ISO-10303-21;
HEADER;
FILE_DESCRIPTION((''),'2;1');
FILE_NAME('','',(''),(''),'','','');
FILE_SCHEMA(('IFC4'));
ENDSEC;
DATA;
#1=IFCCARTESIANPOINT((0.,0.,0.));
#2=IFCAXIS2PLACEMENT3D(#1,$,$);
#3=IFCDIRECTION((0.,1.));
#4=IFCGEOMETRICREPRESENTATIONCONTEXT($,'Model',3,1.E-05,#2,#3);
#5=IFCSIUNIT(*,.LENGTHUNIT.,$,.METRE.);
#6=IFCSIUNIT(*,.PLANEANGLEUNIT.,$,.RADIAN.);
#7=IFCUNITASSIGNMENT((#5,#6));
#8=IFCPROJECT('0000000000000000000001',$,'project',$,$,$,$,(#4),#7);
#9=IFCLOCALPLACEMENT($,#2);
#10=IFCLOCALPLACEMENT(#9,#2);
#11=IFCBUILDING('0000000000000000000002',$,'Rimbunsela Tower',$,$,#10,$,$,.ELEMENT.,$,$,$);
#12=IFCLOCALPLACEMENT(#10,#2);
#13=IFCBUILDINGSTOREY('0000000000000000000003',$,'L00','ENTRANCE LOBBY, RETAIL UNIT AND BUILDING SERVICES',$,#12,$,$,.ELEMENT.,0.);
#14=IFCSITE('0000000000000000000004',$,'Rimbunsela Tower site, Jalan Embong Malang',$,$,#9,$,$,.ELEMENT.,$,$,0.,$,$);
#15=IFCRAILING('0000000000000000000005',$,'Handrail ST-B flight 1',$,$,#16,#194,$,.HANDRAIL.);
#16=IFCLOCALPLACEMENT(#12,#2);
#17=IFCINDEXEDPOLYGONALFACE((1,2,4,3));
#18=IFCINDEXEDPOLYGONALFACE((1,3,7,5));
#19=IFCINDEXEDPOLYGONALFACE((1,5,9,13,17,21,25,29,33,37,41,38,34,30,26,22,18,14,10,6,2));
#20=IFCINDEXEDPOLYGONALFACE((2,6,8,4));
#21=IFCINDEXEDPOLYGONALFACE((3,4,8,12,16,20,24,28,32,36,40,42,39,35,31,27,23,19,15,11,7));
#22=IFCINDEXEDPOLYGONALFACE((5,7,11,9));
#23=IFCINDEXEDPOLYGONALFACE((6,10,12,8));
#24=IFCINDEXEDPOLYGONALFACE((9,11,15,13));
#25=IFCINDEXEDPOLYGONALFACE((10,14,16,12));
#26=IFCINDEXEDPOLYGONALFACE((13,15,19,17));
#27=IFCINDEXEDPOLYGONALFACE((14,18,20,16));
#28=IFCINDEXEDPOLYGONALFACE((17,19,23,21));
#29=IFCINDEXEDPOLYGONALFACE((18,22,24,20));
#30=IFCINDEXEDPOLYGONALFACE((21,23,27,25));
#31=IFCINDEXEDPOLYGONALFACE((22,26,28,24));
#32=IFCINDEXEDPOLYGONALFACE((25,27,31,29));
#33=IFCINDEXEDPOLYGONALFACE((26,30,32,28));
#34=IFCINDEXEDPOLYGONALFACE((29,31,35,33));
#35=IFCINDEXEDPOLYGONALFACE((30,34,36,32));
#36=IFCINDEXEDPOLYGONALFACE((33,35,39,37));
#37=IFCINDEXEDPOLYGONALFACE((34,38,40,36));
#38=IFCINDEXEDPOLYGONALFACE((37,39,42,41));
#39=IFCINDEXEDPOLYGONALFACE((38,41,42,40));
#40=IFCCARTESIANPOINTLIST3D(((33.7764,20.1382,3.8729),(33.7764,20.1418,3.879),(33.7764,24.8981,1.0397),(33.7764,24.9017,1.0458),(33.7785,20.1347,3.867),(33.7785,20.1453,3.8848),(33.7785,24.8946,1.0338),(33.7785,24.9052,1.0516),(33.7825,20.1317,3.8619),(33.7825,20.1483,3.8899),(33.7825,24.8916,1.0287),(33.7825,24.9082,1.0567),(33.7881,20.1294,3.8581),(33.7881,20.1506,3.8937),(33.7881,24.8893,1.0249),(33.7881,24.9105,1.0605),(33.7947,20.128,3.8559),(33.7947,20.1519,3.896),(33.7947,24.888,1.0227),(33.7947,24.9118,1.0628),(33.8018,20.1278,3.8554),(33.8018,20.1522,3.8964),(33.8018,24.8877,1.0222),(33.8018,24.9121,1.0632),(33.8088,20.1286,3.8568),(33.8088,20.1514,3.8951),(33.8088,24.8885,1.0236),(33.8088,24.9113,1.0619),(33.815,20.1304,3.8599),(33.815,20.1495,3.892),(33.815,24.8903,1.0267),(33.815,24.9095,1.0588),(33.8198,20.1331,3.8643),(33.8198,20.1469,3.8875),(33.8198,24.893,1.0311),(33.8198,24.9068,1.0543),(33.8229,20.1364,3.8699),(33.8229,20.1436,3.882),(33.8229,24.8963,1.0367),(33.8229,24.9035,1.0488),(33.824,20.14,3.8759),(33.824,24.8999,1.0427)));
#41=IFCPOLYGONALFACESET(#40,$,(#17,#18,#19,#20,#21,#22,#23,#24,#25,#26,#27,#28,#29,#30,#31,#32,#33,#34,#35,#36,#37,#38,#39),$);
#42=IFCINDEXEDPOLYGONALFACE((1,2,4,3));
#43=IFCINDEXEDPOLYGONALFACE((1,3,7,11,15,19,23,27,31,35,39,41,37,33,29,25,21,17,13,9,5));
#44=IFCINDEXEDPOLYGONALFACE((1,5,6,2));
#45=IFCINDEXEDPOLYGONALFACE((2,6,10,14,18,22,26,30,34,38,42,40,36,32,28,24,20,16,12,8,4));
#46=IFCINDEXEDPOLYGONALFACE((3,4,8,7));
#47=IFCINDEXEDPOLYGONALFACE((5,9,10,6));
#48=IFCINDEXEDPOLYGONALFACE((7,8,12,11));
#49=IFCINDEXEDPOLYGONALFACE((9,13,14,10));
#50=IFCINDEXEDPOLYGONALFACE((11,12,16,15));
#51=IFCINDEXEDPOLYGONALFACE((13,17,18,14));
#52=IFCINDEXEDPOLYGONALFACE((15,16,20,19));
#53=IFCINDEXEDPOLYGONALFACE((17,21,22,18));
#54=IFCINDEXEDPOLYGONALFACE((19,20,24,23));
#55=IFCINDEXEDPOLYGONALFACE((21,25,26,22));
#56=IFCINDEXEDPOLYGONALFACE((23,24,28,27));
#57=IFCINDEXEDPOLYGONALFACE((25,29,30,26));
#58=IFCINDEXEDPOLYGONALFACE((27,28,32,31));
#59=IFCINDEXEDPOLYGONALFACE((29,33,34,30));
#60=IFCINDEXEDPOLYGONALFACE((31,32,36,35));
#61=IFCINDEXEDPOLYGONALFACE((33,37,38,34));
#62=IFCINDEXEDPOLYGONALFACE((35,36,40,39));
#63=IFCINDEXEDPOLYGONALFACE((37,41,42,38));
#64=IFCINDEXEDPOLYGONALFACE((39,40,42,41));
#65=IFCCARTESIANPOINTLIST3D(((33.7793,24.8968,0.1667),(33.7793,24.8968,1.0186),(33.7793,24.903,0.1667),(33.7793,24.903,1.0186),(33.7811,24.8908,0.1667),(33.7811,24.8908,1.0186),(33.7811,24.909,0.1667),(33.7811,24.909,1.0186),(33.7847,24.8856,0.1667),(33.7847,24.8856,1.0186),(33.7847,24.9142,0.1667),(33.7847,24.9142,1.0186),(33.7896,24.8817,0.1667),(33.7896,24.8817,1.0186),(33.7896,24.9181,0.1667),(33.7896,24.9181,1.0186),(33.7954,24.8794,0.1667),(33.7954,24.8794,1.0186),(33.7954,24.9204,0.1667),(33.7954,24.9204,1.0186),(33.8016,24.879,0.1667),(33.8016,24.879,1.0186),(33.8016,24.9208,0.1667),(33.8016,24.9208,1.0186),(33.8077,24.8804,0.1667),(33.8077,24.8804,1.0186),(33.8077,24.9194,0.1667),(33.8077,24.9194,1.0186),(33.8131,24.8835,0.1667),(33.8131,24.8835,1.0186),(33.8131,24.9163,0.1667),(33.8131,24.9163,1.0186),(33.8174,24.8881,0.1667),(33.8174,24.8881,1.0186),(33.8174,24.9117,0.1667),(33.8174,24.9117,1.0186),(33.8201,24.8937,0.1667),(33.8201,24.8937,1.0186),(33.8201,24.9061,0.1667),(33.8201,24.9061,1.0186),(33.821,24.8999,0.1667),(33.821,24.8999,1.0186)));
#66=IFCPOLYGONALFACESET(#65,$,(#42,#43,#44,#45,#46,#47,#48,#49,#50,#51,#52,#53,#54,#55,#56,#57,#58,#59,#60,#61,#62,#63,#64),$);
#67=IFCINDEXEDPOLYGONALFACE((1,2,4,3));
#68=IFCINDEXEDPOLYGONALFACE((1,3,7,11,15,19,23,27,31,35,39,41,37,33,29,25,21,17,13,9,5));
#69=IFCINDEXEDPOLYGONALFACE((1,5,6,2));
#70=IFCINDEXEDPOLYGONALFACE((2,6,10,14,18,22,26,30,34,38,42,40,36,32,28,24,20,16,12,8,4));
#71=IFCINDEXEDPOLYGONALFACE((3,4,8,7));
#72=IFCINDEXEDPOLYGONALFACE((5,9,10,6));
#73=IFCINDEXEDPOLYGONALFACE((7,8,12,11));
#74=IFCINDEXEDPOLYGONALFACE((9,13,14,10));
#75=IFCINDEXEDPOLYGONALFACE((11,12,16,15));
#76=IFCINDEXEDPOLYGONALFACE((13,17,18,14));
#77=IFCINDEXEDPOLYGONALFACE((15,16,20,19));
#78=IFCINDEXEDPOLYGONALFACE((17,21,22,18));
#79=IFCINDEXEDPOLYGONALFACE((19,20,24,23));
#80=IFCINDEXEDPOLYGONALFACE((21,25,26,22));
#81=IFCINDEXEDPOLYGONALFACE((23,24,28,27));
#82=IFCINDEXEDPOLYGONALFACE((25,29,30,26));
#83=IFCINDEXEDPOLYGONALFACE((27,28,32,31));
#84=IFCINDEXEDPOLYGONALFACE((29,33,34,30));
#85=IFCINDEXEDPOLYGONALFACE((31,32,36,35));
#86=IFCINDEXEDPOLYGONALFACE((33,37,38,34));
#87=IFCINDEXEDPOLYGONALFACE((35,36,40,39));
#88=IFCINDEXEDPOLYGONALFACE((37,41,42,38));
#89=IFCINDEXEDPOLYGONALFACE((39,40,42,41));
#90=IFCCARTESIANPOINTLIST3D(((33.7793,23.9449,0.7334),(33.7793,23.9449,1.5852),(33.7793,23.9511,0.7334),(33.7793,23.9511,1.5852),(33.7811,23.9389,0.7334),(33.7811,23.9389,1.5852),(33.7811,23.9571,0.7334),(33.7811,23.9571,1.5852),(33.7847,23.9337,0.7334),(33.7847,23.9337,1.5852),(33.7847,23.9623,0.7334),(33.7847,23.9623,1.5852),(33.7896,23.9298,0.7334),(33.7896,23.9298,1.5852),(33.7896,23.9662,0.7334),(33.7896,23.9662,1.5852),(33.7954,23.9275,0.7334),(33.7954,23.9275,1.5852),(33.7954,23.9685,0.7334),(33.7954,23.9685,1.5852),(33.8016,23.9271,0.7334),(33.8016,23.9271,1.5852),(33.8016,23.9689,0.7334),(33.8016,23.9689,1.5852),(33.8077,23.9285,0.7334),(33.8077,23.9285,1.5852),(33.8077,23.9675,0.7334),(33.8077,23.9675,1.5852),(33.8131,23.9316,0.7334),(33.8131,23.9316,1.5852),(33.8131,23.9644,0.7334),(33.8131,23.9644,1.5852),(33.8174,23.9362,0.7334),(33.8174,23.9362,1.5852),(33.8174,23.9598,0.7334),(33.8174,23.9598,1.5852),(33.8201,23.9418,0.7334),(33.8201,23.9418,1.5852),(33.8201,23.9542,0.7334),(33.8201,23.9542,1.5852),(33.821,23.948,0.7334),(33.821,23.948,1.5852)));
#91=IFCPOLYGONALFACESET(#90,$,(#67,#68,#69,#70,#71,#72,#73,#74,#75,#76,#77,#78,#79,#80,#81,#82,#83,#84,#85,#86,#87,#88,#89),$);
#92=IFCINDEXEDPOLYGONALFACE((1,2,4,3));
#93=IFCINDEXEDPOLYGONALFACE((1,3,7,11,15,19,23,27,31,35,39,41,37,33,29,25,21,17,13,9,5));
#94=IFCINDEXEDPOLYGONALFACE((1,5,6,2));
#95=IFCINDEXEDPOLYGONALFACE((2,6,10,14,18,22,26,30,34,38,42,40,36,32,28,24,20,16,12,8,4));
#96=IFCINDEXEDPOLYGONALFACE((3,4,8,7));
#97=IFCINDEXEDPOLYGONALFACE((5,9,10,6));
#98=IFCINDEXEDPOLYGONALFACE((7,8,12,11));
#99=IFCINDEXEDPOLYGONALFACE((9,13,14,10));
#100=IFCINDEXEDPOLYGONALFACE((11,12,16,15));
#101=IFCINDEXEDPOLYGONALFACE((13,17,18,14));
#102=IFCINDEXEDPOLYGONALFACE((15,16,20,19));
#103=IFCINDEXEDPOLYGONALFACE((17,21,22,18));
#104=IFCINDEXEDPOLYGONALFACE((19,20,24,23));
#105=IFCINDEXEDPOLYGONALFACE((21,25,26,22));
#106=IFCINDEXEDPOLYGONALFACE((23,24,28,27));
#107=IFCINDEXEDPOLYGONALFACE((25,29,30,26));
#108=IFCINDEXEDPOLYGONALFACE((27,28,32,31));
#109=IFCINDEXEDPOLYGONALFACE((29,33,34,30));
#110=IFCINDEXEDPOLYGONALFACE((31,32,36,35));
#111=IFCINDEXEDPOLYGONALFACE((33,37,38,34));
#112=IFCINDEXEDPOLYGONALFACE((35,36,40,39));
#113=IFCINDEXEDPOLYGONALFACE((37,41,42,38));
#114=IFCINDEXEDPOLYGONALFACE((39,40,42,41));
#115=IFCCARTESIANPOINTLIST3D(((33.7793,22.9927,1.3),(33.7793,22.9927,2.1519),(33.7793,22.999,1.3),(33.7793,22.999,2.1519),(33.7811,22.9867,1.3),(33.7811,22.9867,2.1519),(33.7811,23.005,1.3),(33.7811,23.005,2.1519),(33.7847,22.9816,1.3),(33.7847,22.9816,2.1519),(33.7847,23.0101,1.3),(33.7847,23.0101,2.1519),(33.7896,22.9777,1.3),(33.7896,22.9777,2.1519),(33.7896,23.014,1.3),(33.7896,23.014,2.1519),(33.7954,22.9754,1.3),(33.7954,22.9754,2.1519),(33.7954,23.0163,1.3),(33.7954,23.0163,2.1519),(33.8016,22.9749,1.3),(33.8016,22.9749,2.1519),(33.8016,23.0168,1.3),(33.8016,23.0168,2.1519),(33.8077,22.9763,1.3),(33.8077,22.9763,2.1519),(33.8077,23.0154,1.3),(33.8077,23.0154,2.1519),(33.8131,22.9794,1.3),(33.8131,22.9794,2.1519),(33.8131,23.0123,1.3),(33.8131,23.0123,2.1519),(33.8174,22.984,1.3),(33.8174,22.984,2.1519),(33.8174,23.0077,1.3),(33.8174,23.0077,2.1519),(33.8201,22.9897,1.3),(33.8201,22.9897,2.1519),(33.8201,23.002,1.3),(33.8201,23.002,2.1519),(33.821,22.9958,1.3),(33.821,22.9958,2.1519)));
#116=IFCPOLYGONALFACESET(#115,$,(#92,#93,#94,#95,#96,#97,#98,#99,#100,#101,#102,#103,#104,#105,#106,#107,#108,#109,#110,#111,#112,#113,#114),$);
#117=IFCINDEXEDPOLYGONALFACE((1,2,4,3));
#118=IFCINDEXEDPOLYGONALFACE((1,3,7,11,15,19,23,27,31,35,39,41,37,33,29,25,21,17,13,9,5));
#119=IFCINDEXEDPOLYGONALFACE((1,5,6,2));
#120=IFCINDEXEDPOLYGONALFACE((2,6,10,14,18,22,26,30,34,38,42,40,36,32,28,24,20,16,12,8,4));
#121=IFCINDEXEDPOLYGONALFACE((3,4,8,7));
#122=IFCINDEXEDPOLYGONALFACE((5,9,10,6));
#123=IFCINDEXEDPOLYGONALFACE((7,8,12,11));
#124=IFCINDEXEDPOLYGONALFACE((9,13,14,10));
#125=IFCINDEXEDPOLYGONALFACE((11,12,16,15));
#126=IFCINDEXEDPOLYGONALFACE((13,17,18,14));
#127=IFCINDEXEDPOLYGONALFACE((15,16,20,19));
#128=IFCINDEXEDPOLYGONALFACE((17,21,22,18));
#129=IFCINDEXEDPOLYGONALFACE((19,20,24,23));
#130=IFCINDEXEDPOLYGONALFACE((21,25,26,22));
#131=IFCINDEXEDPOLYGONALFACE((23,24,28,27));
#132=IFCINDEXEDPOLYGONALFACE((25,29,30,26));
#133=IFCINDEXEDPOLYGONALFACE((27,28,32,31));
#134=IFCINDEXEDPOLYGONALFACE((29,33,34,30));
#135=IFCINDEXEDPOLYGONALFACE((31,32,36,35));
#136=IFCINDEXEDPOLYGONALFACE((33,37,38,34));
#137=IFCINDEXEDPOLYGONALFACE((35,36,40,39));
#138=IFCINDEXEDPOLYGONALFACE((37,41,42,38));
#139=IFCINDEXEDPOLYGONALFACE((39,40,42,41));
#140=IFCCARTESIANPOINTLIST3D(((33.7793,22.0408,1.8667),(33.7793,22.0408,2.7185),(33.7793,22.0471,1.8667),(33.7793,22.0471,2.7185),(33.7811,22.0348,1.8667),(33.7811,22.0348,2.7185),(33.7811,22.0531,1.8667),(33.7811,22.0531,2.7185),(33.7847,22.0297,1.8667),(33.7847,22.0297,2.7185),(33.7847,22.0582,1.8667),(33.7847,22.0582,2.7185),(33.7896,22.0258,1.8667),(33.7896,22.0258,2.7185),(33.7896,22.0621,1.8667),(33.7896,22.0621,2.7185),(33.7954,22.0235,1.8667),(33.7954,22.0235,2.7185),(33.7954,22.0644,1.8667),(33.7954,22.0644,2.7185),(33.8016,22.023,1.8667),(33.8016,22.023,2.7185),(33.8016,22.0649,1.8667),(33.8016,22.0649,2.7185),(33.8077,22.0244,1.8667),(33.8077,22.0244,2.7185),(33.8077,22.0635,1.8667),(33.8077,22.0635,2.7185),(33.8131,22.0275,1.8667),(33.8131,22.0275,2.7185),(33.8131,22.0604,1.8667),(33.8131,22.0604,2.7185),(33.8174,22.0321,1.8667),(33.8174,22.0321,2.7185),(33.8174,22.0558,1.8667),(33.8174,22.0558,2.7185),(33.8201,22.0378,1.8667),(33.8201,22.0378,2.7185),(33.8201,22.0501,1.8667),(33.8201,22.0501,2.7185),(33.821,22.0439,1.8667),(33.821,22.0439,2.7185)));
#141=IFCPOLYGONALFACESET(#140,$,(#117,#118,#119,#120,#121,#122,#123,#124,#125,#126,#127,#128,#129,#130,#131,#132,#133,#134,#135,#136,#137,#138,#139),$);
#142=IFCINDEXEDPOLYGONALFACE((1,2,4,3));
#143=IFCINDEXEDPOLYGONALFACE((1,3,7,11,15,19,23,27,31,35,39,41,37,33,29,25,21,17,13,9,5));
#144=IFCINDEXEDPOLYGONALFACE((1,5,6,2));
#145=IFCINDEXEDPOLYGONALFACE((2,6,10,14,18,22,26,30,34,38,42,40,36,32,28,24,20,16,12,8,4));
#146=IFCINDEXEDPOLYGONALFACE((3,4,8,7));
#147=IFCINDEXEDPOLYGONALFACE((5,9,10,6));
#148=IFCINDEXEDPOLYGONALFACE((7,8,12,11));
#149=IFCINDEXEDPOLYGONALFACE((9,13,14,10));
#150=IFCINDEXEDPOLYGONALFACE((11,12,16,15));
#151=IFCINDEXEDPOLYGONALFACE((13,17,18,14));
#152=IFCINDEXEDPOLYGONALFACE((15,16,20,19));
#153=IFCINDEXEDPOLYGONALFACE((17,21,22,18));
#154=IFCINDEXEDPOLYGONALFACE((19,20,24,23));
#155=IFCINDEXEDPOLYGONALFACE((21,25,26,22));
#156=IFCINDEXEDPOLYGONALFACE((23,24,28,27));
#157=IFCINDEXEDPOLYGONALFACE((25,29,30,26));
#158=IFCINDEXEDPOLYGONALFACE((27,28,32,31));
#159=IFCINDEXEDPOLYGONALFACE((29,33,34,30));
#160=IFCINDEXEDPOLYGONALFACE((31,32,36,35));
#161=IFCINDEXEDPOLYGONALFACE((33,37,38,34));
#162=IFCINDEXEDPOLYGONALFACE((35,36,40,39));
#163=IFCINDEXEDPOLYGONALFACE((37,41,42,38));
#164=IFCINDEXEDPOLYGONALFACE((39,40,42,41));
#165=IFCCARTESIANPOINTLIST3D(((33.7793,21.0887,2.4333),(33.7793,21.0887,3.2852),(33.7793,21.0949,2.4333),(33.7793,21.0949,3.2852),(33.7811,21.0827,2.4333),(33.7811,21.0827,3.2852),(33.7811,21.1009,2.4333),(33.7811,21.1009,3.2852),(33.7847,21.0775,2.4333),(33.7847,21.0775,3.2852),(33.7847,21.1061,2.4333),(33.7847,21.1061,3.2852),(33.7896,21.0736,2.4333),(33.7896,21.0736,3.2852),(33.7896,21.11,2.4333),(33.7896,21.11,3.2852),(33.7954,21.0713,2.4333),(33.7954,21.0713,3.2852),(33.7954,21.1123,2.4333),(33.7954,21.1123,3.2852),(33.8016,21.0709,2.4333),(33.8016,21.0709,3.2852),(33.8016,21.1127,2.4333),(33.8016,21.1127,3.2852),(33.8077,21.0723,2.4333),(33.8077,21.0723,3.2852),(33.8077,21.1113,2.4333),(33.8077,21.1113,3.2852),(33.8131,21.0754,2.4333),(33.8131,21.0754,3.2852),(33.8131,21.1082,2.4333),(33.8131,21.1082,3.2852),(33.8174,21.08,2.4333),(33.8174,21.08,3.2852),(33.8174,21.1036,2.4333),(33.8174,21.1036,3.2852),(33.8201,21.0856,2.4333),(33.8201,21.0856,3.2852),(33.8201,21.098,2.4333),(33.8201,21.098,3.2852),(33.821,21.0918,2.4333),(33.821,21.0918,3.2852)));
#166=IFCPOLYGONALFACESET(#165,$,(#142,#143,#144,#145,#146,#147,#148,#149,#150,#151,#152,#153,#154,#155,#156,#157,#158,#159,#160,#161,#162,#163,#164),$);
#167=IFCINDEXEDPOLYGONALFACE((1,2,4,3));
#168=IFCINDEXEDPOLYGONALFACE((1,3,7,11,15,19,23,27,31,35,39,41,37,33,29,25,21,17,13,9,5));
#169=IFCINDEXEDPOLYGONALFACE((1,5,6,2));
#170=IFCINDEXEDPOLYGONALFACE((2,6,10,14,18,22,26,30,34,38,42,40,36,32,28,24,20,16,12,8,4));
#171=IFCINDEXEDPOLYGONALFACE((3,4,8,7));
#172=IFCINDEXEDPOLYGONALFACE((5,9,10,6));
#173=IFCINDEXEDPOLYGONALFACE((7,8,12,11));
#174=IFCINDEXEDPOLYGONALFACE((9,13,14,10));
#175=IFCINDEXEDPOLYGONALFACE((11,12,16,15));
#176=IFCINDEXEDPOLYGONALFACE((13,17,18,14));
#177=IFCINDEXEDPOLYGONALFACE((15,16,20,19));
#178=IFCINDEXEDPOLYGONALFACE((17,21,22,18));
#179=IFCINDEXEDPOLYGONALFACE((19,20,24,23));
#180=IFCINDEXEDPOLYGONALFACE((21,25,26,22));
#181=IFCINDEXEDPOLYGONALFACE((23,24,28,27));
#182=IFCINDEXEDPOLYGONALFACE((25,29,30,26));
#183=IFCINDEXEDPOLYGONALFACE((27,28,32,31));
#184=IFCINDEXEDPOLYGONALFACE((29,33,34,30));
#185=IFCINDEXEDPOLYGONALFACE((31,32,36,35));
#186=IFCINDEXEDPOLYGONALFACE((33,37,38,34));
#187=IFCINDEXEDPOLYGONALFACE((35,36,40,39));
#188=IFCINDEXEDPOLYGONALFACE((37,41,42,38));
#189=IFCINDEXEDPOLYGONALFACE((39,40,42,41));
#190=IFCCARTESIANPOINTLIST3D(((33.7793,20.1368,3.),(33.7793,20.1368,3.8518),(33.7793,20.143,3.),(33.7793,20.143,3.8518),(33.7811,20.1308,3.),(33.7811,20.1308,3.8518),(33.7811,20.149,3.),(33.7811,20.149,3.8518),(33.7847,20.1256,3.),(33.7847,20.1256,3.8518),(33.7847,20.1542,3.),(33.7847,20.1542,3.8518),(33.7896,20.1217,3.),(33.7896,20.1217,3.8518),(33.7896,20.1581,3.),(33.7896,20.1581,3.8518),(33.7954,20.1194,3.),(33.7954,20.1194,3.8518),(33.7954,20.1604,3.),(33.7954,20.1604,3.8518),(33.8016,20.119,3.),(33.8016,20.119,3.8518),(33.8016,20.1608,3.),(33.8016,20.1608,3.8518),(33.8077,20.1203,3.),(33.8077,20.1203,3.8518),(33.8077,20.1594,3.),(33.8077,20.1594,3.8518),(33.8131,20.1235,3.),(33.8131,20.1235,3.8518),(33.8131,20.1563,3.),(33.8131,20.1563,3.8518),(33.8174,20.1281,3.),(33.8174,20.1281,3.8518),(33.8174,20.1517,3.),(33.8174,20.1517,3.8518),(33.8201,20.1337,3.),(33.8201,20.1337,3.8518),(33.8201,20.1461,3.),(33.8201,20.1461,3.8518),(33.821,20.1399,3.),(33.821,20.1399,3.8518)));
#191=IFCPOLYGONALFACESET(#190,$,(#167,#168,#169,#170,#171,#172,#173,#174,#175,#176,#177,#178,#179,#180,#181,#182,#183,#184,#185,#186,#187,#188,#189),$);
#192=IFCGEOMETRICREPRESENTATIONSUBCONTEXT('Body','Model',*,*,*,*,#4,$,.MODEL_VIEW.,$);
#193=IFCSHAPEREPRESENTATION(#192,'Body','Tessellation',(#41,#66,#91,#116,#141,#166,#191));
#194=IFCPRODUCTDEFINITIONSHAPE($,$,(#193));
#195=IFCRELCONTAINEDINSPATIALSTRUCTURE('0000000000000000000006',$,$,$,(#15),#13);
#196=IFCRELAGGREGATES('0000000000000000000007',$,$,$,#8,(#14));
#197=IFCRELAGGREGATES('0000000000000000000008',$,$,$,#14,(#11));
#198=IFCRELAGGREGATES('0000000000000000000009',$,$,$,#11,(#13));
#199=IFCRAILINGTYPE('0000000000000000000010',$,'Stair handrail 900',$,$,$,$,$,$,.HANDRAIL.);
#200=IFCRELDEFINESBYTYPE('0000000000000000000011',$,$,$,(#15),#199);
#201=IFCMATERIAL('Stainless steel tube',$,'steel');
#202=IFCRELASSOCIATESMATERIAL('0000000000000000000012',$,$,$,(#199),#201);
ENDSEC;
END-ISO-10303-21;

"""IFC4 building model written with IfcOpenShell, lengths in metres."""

from ifc_helpers import new_model, si_unit, direction, frame, origin, origin_2d, place, context, subcontext, project, spatial, circle, extrude, material, type_object, element, save


model = new_model("IFC4")

# Units and contexts
model_context = context("Model", 3, precision=1e-05, world=origin(), true_north=direction((0.0, 1.0)))
body_context = subcontext(model_context, "Body", "Model", "MODEL_VIEW")
ifc_project = project(units=[si_unit("LENGTHUNIT", "METRE"), si_unit("PLANEANGLEUNIT", "RADIAN")], contexts=[model_context])

# Site, building, storey
site_placement = place(None, origin())
site = spatial("IfcSite", under=ifc_project, at=site_placement, Name="Rimbunsela Tower site, Jalan Embong Malang", CompositionType="ELEMENT", RefElevation=0.0)
building_placement = place(site_placement, origin())
building = spatial("IfcBuilding", under=site, at=building_placement, Name="Rimbunsela Tower", CompositionType="ELEMENT")
storey_placement = place(building_placement, origin())
storey = spatial("IfcBuildingStorey", under=building, at=storey_placement, Name="L00", Description="ENTRANCE LOBBY, RETAIL UNIT AND BUILDING SERVICES", CompositionType="ELEMENT", Elevation=0.0)

# Railing
ifc_material_1 = material(Name="Stainless steel tube", Category="steel")
railing_type = type_object("IfcRailingType", Name="Stair handrail 900", PredefinedType="HANDRAIL", material=ifc_material_1)
railing_1_placement = place(storey_placement, frame((33.8, 24.8999, 0.1667)))
element("IfcRailing", 1, at=railing_1_placement, inside=storey, type_object=railing_type, Name="Handrail ST-B flight 1", PredefinedType="HANDRAIL", context=body_context, shape_type="SweptSolid", body=[
    extrude(circle(Radius=0.0239, at=origin_2d()), frame((0.0, 0.0, 0.876), z_axis=(0.0, -0.8593, 0.511472), x_axis=(1.0, 0.0, 0.0)), (0.0, 0.0, 1.0), 5.5393),
    extrude(circle(Radius=0.021, at=origin_2d()), origin(), (0.0, 0.0, 1.0), 0.8518),
    extrude(circle(Radius=0.021, at=origin_2d()), frame((0.0, -0.9519, 0.5667)), (0.0, 0.0, 1.0), 0.8518),
    extrude(circle(Radius=0.021, at=origin_2d()), frame((0.0, -1.9041, 1.1333)), (0.0, 0.0, 1.0), 0.8518),
    extrude(circle(Radius=0.021, at=origin_2d()), frame((0.0, -2.856, 1.7)), (0.0, 0.0, 1.0), 0.8518),
    extrude(circle(Radius=0.021, at=origin_2d()), frame((0.0, -3.8081, 2.2666)), (0.0, 0.0, 1.0), 0.8518),
    extrude(circle(Radius=0.021, at=origin_2d()), frame((0.0, -4.76, 2.8333)), (0.0, 0.0, 1.0), 0.8518),
])

save(model, "model.ifc")
